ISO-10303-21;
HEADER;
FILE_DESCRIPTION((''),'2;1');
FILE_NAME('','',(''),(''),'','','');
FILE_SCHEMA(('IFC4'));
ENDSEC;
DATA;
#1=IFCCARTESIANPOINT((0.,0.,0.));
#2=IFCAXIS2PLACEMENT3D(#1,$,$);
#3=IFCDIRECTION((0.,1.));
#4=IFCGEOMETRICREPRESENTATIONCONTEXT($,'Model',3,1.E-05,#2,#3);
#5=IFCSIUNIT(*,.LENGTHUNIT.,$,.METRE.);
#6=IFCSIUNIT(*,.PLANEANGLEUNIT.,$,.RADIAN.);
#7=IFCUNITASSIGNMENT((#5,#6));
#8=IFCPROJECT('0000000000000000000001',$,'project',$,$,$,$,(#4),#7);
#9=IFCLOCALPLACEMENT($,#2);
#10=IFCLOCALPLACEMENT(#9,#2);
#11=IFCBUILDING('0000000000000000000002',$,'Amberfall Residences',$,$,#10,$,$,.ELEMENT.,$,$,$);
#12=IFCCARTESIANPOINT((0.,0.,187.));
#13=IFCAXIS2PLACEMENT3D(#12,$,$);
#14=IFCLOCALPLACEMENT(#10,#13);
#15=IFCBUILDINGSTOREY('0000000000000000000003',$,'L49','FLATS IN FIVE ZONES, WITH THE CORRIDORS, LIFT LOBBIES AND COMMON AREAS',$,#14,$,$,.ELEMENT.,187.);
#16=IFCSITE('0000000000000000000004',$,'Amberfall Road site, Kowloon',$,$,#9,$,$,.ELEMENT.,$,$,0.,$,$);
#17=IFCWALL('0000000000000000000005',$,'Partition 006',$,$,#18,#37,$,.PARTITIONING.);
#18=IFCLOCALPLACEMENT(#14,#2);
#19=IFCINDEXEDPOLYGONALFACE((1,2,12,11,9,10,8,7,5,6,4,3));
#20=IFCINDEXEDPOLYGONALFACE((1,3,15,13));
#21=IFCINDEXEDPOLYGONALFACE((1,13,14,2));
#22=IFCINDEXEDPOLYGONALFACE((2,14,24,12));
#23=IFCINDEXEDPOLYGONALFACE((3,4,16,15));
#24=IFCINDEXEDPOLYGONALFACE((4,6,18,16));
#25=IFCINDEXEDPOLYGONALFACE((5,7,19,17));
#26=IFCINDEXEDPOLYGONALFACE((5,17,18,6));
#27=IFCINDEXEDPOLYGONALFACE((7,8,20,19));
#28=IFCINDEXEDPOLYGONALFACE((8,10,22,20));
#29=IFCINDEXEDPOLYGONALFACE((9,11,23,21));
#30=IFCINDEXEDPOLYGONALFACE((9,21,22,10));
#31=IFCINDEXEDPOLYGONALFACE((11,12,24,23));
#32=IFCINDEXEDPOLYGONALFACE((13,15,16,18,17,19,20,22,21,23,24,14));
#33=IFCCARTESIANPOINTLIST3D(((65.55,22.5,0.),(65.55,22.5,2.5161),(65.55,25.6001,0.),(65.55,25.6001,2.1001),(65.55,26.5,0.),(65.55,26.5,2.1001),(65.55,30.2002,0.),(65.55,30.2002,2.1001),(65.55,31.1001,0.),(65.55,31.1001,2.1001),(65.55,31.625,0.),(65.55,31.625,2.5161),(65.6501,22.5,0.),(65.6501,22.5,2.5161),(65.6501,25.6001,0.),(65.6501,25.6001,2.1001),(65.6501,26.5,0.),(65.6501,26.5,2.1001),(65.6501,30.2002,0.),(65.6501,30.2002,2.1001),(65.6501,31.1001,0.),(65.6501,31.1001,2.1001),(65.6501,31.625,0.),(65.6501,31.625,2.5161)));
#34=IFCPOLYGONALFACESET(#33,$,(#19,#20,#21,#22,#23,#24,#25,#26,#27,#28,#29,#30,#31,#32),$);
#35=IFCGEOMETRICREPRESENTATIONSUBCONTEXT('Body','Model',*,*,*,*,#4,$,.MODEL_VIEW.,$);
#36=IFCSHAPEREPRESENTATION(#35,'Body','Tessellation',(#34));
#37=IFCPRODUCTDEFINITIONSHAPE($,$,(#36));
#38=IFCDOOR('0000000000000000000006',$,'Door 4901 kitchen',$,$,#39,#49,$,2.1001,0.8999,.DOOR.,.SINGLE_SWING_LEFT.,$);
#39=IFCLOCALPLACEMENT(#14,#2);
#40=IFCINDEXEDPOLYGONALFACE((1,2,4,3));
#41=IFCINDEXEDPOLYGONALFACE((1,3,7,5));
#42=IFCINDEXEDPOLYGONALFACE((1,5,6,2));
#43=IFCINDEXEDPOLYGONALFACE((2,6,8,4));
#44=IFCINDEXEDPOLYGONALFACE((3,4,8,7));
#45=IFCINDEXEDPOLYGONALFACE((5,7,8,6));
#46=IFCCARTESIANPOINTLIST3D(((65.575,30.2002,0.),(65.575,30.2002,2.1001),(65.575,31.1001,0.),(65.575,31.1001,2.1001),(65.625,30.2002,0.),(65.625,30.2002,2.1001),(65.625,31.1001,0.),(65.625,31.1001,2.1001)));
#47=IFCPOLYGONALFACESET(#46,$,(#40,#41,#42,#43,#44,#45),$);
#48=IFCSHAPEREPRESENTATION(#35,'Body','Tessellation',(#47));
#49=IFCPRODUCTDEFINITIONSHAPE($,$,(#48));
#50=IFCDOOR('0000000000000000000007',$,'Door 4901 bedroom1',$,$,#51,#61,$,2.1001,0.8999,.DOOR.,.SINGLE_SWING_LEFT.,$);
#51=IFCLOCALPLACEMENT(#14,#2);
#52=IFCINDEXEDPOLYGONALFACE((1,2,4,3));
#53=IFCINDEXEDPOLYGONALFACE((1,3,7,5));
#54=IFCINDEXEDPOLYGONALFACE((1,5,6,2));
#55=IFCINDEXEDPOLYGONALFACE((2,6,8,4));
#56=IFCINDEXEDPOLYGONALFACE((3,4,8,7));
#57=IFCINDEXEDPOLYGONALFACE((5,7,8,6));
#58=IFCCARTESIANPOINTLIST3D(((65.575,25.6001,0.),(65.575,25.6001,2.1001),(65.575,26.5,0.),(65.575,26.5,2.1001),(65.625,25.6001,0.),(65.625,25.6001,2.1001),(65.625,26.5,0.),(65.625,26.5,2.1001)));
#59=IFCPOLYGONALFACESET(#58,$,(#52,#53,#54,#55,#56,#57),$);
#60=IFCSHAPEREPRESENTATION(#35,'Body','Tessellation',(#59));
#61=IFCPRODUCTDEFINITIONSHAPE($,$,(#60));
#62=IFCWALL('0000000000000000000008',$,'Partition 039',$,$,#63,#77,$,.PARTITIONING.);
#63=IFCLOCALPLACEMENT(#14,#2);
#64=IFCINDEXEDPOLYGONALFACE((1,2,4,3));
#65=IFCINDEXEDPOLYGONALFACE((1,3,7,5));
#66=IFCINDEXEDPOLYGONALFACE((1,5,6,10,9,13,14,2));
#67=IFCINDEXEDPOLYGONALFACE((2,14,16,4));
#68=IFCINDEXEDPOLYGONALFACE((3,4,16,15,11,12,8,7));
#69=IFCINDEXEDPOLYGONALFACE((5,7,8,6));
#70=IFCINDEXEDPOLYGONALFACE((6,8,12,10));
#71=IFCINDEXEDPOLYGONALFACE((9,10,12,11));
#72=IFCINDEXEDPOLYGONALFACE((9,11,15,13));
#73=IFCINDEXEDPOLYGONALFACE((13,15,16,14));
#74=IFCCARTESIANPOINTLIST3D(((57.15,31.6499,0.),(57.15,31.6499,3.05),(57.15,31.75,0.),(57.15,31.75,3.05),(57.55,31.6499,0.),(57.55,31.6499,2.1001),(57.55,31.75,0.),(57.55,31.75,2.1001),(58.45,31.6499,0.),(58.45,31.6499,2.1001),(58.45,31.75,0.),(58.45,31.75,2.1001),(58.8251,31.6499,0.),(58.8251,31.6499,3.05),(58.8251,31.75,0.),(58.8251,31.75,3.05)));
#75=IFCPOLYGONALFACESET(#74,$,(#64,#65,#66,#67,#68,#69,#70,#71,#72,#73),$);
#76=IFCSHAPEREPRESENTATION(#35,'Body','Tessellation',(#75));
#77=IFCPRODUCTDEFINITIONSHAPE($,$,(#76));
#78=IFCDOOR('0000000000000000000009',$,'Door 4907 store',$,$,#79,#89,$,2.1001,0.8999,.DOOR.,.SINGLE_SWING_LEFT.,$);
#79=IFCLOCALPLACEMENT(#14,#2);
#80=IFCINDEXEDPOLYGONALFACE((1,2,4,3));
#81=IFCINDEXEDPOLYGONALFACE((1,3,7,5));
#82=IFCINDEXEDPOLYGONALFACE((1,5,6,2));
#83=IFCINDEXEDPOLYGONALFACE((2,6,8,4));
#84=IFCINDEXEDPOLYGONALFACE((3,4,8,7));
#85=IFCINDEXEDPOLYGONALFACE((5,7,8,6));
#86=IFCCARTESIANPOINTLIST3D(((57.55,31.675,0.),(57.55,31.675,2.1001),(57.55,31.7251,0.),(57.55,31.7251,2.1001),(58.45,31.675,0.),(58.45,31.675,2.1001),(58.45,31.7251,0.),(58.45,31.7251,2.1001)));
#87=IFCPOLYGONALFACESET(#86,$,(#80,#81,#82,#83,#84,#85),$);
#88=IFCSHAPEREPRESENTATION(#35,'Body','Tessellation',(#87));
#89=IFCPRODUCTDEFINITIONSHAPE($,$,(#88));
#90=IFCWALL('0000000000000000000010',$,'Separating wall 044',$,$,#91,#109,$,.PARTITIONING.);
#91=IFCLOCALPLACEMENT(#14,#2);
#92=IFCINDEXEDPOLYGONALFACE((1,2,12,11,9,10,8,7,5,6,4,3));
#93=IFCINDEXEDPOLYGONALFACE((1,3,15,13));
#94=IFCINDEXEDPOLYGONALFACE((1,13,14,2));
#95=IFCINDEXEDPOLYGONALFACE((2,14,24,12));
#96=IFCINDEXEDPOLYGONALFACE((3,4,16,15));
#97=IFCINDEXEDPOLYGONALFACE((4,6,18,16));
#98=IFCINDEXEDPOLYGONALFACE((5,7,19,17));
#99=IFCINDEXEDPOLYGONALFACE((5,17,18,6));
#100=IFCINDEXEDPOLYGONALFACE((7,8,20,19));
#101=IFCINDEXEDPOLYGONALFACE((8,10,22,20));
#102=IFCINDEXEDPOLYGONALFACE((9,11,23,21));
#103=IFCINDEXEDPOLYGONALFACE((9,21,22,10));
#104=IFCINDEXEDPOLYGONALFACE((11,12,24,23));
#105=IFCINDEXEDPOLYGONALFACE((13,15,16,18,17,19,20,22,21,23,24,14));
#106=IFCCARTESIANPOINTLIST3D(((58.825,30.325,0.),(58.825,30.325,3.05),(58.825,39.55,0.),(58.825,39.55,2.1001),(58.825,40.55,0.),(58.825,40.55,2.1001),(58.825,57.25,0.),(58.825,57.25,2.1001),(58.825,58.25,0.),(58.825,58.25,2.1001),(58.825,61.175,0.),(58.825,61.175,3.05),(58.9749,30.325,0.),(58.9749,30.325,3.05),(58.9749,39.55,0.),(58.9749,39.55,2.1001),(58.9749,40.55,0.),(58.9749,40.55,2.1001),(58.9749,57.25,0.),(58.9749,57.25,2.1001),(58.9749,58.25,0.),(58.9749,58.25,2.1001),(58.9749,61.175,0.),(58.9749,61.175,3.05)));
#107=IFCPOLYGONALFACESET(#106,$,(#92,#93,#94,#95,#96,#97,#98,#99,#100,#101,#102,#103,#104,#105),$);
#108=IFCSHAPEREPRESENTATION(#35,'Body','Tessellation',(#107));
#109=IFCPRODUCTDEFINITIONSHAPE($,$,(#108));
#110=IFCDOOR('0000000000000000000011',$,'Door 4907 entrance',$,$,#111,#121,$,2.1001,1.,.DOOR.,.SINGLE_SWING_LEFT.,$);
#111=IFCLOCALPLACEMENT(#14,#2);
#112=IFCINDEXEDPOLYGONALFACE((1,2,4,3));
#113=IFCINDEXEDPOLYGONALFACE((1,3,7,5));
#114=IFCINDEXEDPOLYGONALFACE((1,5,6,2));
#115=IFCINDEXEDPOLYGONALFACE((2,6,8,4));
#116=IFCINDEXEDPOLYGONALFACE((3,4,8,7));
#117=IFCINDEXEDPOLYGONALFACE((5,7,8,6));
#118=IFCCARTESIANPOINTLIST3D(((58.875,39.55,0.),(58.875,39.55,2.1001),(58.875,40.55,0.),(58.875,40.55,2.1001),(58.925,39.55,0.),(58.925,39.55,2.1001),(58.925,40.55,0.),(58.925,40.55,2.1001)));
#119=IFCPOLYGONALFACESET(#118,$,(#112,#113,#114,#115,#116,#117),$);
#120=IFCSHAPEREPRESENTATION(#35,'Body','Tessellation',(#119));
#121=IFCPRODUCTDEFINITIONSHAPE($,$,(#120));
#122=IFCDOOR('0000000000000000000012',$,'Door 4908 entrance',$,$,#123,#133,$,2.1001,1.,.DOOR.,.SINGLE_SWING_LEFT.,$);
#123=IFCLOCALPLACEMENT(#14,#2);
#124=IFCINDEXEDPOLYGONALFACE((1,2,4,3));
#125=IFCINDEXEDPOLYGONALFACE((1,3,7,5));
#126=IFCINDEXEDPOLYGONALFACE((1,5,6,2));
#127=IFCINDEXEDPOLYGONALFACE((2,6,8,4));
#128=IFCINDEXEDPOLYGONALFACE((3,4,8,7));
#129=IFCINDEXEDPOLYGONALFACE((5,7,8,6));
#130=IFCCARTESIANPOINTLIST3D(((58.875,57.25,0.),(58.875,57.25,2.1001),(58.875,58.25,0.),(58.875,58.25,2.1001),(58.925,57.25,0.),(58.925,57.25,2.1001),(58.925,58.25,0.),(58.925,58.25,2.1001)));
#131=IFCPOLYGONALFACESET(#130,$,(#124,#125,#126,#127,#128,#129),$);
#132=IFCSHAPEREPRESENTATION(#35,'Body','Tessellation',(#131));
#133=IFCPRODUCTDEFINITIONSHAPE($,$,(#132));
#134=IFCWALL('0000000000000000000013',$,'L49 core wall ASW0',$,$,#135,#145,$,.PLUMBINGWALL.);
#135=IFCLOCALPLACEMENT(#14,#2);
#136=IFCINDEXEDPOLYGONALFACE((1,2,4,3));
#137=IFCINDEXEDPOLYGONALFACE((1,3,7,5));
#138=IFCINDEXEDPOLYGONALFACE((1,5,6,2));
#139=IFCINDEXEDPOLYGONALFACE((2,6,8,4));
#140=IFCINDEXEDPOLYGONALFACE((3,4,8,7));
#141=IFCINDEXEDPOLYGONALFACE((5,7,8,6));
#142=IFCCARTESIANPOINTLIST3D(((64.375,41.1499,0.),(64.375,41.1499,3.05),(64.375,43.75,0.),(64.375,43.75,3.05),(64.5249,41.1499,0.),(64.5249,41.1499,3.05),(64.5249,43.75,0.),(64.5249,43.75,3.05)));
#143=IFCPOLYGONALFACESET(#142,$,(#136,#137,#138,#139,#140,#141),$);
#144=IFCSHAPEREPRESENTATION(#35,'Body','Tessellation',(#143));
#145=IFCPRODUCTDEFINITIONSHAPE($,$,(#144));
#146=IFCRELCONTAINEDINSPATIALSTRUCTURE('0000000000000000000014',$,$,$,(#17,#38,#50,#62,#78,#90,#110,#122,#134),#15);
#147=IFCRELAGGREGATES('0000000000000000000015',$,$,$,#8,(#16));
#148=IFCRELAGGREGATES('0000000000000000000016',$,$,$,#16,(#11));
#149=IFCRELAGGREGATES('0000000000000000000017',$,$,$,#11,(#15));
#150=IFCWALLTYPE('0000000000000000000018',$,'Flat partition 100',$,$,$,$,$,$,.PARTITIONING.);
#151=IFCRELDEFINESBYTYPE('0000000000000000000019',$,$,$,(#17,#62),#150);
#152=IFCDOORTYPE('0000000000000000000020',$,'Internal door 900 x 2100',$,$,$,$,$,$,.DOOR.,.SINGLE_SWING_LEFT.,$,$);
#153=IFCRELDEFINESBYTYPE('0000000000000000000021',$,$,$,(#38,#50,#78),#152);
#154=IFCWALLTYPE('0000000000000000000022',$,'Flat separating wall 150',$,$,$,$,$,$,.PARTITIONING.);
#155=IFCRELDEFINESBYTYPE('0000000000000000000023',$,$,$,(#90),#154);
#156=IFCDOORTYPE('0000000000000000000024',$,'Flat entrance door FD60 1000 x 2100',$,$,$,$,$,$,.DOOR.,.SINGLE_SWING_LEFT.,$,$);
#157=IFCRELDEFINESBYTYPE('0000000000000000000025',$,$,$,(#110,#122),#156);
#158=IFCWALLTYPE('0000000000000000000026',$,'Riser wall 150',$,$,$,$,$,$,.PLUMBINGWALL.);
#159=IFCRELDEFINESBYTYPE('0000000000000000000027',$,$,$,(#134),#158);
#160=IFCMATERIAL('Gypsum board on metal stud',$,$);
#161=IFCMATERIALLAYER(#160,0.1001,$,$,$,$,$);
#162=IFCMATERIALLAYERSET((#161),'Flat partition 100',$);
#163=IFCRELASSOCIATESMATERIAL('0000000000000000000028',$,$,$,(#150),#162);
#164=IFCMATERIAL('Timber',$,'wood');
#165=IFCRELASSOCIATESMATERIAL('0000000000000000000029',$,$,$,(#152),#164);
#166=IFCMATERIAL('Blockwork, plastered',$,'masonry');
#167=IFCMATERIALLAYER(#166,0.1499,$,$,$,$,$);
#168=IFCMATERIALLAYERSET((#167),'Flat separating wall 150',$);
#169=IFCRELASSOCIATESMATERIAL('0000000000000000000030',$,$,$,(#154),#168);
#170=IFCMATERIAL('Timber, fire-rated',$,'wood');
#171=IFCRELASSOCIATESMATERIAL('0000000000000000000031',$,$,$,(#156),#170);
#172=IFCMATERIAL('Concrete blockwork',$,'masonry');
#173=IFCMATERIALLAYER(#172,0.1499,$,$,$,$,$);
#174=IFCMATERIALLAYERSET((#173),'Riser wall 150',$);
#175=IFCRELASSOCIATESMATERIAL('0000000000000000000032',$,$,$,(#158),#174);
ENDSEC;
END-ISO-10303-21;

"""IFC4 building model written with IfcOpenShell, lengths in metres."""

from ifc_helpers import new_model, si_unit, direction, frame, frame_2d, origin, place, context, subcontext, project, spatial, rectangle, extrude, material, layer, layer_set, type_object, element, fill, save


model = new_model("IFC4")

# Units and contexts
model_context = context("Model", 3, precision=1e-05, world=origin(), true_north=direction((0.0, 1.0)))
body_context = subcontext(model_context, "Body", "Model", "MODEL_VIEW")
ifc_project = project(units=[si_unit("LENGTHUNIT", "METRE"), si_unit("PLANEANGLEUNIT", "RADIAN")], contexts=[model_context])

# Site, building, storey
site_placement = place(None, origin())
site = spatial("IfcSite", under=ifc_project, at=site_placement, Name="Amberfall Road site, Kowloon", CompositionType="ELEMENT", RefElevation=0.0)
building_placement = place(site_placement, origin())
building = spatial("IfcBuilding", under=site, at=building_placement, Name="Amberfall Residences", CompositionType="ELEMENT")
storey_placement = place(building_placement, frame((0.0, 0.0, 187.0)))
storey = spatial("IfcBuildingStorey", under=building, at=storey_placement, Name="L49", Description="FLATS IN FIVE ZONES, WITH THE CORRIDORS, LIFT LOBBIES AND COMMON AREAS", CompositionType="ELEMENT", Elevation=187.0)

# Wall, openings, doors
ifc_material_1 = material(Name="Gypsum board on metal stud")
ifc_layer_1 = layer(ifc_material_1, 0.1001)
ifc_layer_set_1 = layer_set([ifc_layer_1], Name="Flat partition 100")
wall_type_1 = type_object("IfcWallType", Name="Flat partition 100", PredefinedType="PARTITIONING", material=ifc_layer_set_1)
wall_1_placement = place(storey_placement, frame((65.6001, 31.625, 0.0), z_axis=(0.0, 0.0, 1.0), x_axis=(0.0, -1.0, 0.0)))
wall_1 = element("IfcWall", 1, at=wall_1_placement, inside=storey, type_object=wall_type_1, Name="Partition 006", PredefinedType="PARTITIONING", context=body_context, shape_type="SweptSolid", body=[
    extrude(rectangle(XDim=9.125, YDim=0.1001, at=frame_2d((4.5625, 0.0))), origin(), (0.0, 0.0, 1.0), 2.5161),
])
opening_1_placement = place(wall_1_placement, frame((0.5249, 0.0, 0.0)))
opening_1 = element("IfcOpeningElement", 2, at=opening_1_placement, cuts=wall_1, PredefinedType="OPENING", context=body_context, shape_type="SweptSolid", body=[
    extrude(rectangle(XDim=0.8999, YDim=2.1001, at=frame_2d((0.45, 1.05))), frame((0.0, 0.0601, 0.0), z_axis=(0.0, -1.0, 0.0), x_axis=(1.0, 0.0, 0.0)), (0.0, 0.0, 1.0), 0.1201),
])
opening_2_placement = place(wall_1_placement, frame((5.125, 0.0, 0.0)))
opening_2 = element("IfcOpeningElement", 3, at=opening_2_placement, cuts=wall_1, PredefinedType="OPENING", context=body_context, shape_type="SweptSolid", body=[
    extrude(rectangle(XDim=0.8999, YDim=2.1001, at=frame_2d((0.45, 1.05))), frame((0.0, 0.0601, 0.0), z_axis=(0.0, -1.0, 0.0), x_axis=(1.0, 0.0, 0.0)), (0.0, 0.0, 1.0), 0.1201),
])
ifc_material_2 = material(Name="Timber", Category="wood")
door_type_1 = type_object("IfcDoorType", Name="Internal door 900 x 2100", OperationType="SINGLE_SWING_LEFT", PredefinedType="DOOR", material=ifc_material_2)
door_1_placement = place(opening_1_placement, origin())
door_1 = element("IfcDoor", 4, at=door_1_placement, inside=storey, type_object=door_type_1, Name="Door 4901 kitchen", OperationType="SINGLE_SWING_LEFT", OverallHeight=2.1001, OverallWidth=0.8999, PredefinedType="DOOR", context=body_context, shape_type="SweptSolid", body=[
    extrude(rectangle(XDim=0.8999, YDim=2.1001, at=frame_2d((0.45, 1.05))), frame((0.0, 0.0249, 0.0), z_axis=(0.0, -1.0, 0.0), x_axis=(1.0, 0.0, 0.0)), (0.0, 0.0, 1.0), 0.05),
])
fill(opening_1, door_1)
door_2_placement = place(opening_2_placement, origin())
door_2 = element("IfcDoor", 5, at=door_2_placement, inside=storey, type_object=door_type_1, Name="Door 4901 bedroom1", OperationType="SINGLE_SWING_LEFT", OverallHeight=2.1001, OverallWidth=0.8999, PredefinedType="DOOR", context=body_context, shape_type="SweptSolid", body=[
    extrude(rectangle(XDim=0.8999, YDim=2.1001, at=frame_2d((0.45, 1.05))), frame((0.0, 0.0249, 0.0), z_axis=(0.0, -1.0, 0.0), x_axis=(1.0, 0.0, 0.0)), (0.0, 0.0, 1.0), 0.05),
])
fill(opening_2, door_2)

# Wall, opening, door
wall_2_placement = place(storey_placement, frame((58.825, 31.7, 0.0), z_axis=(0.0, 0.0, 1.0), x_axis=(-1.0, 0.0, 0.0)))
wall_2 = element("IfcWall", 6, at=wall_2_placement, inside=storey, type_object=wall_type_1, Name="Partition 039", PredefinedType="PARTITIONING", context=body_context, shape_type="SweptSolid", body=[
    extrude(rectangle(XDim=1.675, YDim=0.1001, at=frame_2d((0.8374, 0.0))), origin(), (0.0, 0.0, 1.0), 3.05),
])
opening_3_placement = place(wall_2_placement, frame((0.375, 0.0, 0.0)))
opening_3 = element("IfcOpeningElement", 7, at=opening_3_placement, cuts=wall_2, PredefinedType="OPENING", context=body_context, shape_type="SweptSolid", body=[
    extrude(rectangle(XDim=0.8999, YDim=2.1001, at=frame_2d((0.45, 1.05))), frame((0.0, 0.0601, 0.0), z_axis=(0.0, -1.0, 0.0), x_axis=(1.0, 0.0, 0.0)), (0.0, 0.0, 1.0), 0.1201),
])
door_3_placement = place(opening_3_placement, origin())
door_3 = element("IfcDoor", 8, at=door_3_placement, inside=storey, type_object=door_type_1, Name="Door 4907 store", OperationType="SINGLE_SWING_LEFT", OverallHeight=2.1001, OverallWidth=0.8999, PredefinedType="DOOR", context=body_context, shape_type="SweptSolid", body=[
    extrude(rectangle(XDim=0.8999, YDim=2.1001, at=frame_2d((0.45, 1.05))), frame((0.0, 0.0249, 0.0), z_axis=(0.0, -1.0, 0.0), x_axis=(1.0, 0.0, 0.0)), (0.0, 0.0, 1.0), 0.05),
])
fill(opening_3, door_3)

# Wall, openings, doors
ifc_material_3 = material(Name="Blockwork, plastered", Category="masonry")
ifc_layer_2 = layer(ifc_material_3, 0.1499)
ifc_layer_set_2 = layer_set([ifc_layer_2], Name="Flat separating wall 150")
wall_type_2 = type_object("IfcWallType", Name="Flat separating wall 150", PredefinedType="PARTITIONING", material=ifc_layer_set_2)
wall_3_placement = place(storey_placement, frame((58.8999, 30.325, 0.0), z_axis=(0.0, 0.0, 1.0), x_axis=(0.0, 1.0, 0.0)))
wall_3 = element("IfcWall", 9, at=wall_3_placement, inside=storey, type_object=wall_type_2, Name="Separating wall 044", PredefinedType="PARTITIONING", context=body_context, shape_type="SweptSolid", body=[
    extrude(rectangle(XDim=30.8501, YDim=0.1499, at=frame_2d((15.425, 0.0))), origin(), (0.0, 0.0, 1.0), 3.05),
])
opening_4_placement = place(wall_3_placement, frame((9.2251, 0.0, 0.0)))
opening_4 = element("IfcOpeningElement", 10, at=opening_4_placement, cuts=wall_3, PredefinedType="OPENING", context=body_context, shape_type="SweptSolid", body=[
    extrude(rectangle(XDim=1.0, YDim=2.1001, at=frame_2d((0.5, 1.05))), frame((0.0, 0.085, 0.0), z_axis=(0.0, -1.0, 0.0), x_axis=(1.0, 0.0, 0.0)), (0.0, 0.0, 1.0), 0.1699),
])
opening_5_placement = place(wall_3_placement, frame((26.925, 0.0, 0.0)))
opening_5 = element("IfcOpeningElement", 11, at=opening_5_placement, cuts=wall_3, PredefinedType="OPENING", context=body_context, shape_type="SweptSolid", body=[
    extrude(rectangle(XDim=1.0, YDim=2.1001, at=frame_2d((0.5, 1.05))), frame((0.0, 0.085, 0.0), z_axis=(0.0, -1.0, 0.0), x_axis=(1.0, 0.0, 0.0)), (0.0, 0.0, 1.0), 0.1699),
])
ifc_material_4 = material(Name="Timber, fire-rated", Category="wood")
door_type_2 = type_object("IfcDoorType", Name="Flat entrance door FD60 1000 x 2100", OperationType="SINGLE_SWING_LEFT", PredefinedType="DOOR", material=ifc_material_4)
door_4_placement = place(opening_4_placement, origin())
door_4 = element("IfcDoor", 12, at=door_4_placement, inside=storey, type_object=door_type_2, Name="Door 4907 entrance", OperationType="SINGLE_SWING_LEFT", OverallHeight=2.1001, OverallWidth=1.0, PredefinedType="DOOR", context=body_context, shape_type="SweptSolid", body=[
    extrude(rectangle(XDim=1.0, YDim=2.1001, at=frame_2d((0.5, 1.05))), frame((0.0, 0.0249, 0.0), z_axis=(0.0, -1.0, 0.0), x_axis=(1.0, 0.0, 0.0)), (0.0, 0.0, 1.0), 0.05),
])
fill(opening_4, door_4)
door_5_placement = place(opening_5_placement, origin())
door_5 = element("IfcDoor", 13, at=door_5_placement, inside=storey, type_object=door_type_2, Name="Door 4908 entrance", OperationType="SINGLE_SWING_LEFT", OverallHeight=2.1001, OverallWidth=1.0, PredefinedType="DOOR", context=body_context, shape_type="SweptSolid", body=[
    extrude(rectangle(XDim=1.0, YDim=2.1001, at=frame_2d((0.5, 1.05))), frame((0.0, 0.0249, 0.0), z_axis=(0.0, -1.0, 0.0), x_axis=(1.0, 0.0, 0.0)), (0.0, 0.0, 1.0), 0.05),
])
fill(opening_5, door_5)

# Wall
ifc_material_5 = material(Name="Concrete blockwork", Category="masonry")
ifc_layer_3 = layer(ifc_material_5, 0.1499)
ifc_layer_set_3 = layer_set([ifc_layer_3], Name="Riser wall 150")
wall_type_3 = type_object("IfcWallType", Name="Riser wall 150", PredefinedType="PLUMBINGWALL", material=ifc_layer_set_3)
wall_4_placement = place(storey_placement, frame((64.45, 41.1499, 0.0), z_axis=(0.0, 0.0, 1.0), x_axis=(0.0, 1.0, 0.0)))
element("IfcWall", 14, at=wall_4_placement, inside=storey, type_object=wall_type_3, Name="L49 core wall ASW0", PredefinedType="PLUMBINGWALL", context=body_context, shape_type="SweptSolid", body=[
    extrude(rectangle(XDim=2.6001, YDim=0.1499, at=frame_2d((1.3, 0.0))), origin(), (0.0, 0.0, 1.0), 3.05),
])

save(model, "model.ifc")
